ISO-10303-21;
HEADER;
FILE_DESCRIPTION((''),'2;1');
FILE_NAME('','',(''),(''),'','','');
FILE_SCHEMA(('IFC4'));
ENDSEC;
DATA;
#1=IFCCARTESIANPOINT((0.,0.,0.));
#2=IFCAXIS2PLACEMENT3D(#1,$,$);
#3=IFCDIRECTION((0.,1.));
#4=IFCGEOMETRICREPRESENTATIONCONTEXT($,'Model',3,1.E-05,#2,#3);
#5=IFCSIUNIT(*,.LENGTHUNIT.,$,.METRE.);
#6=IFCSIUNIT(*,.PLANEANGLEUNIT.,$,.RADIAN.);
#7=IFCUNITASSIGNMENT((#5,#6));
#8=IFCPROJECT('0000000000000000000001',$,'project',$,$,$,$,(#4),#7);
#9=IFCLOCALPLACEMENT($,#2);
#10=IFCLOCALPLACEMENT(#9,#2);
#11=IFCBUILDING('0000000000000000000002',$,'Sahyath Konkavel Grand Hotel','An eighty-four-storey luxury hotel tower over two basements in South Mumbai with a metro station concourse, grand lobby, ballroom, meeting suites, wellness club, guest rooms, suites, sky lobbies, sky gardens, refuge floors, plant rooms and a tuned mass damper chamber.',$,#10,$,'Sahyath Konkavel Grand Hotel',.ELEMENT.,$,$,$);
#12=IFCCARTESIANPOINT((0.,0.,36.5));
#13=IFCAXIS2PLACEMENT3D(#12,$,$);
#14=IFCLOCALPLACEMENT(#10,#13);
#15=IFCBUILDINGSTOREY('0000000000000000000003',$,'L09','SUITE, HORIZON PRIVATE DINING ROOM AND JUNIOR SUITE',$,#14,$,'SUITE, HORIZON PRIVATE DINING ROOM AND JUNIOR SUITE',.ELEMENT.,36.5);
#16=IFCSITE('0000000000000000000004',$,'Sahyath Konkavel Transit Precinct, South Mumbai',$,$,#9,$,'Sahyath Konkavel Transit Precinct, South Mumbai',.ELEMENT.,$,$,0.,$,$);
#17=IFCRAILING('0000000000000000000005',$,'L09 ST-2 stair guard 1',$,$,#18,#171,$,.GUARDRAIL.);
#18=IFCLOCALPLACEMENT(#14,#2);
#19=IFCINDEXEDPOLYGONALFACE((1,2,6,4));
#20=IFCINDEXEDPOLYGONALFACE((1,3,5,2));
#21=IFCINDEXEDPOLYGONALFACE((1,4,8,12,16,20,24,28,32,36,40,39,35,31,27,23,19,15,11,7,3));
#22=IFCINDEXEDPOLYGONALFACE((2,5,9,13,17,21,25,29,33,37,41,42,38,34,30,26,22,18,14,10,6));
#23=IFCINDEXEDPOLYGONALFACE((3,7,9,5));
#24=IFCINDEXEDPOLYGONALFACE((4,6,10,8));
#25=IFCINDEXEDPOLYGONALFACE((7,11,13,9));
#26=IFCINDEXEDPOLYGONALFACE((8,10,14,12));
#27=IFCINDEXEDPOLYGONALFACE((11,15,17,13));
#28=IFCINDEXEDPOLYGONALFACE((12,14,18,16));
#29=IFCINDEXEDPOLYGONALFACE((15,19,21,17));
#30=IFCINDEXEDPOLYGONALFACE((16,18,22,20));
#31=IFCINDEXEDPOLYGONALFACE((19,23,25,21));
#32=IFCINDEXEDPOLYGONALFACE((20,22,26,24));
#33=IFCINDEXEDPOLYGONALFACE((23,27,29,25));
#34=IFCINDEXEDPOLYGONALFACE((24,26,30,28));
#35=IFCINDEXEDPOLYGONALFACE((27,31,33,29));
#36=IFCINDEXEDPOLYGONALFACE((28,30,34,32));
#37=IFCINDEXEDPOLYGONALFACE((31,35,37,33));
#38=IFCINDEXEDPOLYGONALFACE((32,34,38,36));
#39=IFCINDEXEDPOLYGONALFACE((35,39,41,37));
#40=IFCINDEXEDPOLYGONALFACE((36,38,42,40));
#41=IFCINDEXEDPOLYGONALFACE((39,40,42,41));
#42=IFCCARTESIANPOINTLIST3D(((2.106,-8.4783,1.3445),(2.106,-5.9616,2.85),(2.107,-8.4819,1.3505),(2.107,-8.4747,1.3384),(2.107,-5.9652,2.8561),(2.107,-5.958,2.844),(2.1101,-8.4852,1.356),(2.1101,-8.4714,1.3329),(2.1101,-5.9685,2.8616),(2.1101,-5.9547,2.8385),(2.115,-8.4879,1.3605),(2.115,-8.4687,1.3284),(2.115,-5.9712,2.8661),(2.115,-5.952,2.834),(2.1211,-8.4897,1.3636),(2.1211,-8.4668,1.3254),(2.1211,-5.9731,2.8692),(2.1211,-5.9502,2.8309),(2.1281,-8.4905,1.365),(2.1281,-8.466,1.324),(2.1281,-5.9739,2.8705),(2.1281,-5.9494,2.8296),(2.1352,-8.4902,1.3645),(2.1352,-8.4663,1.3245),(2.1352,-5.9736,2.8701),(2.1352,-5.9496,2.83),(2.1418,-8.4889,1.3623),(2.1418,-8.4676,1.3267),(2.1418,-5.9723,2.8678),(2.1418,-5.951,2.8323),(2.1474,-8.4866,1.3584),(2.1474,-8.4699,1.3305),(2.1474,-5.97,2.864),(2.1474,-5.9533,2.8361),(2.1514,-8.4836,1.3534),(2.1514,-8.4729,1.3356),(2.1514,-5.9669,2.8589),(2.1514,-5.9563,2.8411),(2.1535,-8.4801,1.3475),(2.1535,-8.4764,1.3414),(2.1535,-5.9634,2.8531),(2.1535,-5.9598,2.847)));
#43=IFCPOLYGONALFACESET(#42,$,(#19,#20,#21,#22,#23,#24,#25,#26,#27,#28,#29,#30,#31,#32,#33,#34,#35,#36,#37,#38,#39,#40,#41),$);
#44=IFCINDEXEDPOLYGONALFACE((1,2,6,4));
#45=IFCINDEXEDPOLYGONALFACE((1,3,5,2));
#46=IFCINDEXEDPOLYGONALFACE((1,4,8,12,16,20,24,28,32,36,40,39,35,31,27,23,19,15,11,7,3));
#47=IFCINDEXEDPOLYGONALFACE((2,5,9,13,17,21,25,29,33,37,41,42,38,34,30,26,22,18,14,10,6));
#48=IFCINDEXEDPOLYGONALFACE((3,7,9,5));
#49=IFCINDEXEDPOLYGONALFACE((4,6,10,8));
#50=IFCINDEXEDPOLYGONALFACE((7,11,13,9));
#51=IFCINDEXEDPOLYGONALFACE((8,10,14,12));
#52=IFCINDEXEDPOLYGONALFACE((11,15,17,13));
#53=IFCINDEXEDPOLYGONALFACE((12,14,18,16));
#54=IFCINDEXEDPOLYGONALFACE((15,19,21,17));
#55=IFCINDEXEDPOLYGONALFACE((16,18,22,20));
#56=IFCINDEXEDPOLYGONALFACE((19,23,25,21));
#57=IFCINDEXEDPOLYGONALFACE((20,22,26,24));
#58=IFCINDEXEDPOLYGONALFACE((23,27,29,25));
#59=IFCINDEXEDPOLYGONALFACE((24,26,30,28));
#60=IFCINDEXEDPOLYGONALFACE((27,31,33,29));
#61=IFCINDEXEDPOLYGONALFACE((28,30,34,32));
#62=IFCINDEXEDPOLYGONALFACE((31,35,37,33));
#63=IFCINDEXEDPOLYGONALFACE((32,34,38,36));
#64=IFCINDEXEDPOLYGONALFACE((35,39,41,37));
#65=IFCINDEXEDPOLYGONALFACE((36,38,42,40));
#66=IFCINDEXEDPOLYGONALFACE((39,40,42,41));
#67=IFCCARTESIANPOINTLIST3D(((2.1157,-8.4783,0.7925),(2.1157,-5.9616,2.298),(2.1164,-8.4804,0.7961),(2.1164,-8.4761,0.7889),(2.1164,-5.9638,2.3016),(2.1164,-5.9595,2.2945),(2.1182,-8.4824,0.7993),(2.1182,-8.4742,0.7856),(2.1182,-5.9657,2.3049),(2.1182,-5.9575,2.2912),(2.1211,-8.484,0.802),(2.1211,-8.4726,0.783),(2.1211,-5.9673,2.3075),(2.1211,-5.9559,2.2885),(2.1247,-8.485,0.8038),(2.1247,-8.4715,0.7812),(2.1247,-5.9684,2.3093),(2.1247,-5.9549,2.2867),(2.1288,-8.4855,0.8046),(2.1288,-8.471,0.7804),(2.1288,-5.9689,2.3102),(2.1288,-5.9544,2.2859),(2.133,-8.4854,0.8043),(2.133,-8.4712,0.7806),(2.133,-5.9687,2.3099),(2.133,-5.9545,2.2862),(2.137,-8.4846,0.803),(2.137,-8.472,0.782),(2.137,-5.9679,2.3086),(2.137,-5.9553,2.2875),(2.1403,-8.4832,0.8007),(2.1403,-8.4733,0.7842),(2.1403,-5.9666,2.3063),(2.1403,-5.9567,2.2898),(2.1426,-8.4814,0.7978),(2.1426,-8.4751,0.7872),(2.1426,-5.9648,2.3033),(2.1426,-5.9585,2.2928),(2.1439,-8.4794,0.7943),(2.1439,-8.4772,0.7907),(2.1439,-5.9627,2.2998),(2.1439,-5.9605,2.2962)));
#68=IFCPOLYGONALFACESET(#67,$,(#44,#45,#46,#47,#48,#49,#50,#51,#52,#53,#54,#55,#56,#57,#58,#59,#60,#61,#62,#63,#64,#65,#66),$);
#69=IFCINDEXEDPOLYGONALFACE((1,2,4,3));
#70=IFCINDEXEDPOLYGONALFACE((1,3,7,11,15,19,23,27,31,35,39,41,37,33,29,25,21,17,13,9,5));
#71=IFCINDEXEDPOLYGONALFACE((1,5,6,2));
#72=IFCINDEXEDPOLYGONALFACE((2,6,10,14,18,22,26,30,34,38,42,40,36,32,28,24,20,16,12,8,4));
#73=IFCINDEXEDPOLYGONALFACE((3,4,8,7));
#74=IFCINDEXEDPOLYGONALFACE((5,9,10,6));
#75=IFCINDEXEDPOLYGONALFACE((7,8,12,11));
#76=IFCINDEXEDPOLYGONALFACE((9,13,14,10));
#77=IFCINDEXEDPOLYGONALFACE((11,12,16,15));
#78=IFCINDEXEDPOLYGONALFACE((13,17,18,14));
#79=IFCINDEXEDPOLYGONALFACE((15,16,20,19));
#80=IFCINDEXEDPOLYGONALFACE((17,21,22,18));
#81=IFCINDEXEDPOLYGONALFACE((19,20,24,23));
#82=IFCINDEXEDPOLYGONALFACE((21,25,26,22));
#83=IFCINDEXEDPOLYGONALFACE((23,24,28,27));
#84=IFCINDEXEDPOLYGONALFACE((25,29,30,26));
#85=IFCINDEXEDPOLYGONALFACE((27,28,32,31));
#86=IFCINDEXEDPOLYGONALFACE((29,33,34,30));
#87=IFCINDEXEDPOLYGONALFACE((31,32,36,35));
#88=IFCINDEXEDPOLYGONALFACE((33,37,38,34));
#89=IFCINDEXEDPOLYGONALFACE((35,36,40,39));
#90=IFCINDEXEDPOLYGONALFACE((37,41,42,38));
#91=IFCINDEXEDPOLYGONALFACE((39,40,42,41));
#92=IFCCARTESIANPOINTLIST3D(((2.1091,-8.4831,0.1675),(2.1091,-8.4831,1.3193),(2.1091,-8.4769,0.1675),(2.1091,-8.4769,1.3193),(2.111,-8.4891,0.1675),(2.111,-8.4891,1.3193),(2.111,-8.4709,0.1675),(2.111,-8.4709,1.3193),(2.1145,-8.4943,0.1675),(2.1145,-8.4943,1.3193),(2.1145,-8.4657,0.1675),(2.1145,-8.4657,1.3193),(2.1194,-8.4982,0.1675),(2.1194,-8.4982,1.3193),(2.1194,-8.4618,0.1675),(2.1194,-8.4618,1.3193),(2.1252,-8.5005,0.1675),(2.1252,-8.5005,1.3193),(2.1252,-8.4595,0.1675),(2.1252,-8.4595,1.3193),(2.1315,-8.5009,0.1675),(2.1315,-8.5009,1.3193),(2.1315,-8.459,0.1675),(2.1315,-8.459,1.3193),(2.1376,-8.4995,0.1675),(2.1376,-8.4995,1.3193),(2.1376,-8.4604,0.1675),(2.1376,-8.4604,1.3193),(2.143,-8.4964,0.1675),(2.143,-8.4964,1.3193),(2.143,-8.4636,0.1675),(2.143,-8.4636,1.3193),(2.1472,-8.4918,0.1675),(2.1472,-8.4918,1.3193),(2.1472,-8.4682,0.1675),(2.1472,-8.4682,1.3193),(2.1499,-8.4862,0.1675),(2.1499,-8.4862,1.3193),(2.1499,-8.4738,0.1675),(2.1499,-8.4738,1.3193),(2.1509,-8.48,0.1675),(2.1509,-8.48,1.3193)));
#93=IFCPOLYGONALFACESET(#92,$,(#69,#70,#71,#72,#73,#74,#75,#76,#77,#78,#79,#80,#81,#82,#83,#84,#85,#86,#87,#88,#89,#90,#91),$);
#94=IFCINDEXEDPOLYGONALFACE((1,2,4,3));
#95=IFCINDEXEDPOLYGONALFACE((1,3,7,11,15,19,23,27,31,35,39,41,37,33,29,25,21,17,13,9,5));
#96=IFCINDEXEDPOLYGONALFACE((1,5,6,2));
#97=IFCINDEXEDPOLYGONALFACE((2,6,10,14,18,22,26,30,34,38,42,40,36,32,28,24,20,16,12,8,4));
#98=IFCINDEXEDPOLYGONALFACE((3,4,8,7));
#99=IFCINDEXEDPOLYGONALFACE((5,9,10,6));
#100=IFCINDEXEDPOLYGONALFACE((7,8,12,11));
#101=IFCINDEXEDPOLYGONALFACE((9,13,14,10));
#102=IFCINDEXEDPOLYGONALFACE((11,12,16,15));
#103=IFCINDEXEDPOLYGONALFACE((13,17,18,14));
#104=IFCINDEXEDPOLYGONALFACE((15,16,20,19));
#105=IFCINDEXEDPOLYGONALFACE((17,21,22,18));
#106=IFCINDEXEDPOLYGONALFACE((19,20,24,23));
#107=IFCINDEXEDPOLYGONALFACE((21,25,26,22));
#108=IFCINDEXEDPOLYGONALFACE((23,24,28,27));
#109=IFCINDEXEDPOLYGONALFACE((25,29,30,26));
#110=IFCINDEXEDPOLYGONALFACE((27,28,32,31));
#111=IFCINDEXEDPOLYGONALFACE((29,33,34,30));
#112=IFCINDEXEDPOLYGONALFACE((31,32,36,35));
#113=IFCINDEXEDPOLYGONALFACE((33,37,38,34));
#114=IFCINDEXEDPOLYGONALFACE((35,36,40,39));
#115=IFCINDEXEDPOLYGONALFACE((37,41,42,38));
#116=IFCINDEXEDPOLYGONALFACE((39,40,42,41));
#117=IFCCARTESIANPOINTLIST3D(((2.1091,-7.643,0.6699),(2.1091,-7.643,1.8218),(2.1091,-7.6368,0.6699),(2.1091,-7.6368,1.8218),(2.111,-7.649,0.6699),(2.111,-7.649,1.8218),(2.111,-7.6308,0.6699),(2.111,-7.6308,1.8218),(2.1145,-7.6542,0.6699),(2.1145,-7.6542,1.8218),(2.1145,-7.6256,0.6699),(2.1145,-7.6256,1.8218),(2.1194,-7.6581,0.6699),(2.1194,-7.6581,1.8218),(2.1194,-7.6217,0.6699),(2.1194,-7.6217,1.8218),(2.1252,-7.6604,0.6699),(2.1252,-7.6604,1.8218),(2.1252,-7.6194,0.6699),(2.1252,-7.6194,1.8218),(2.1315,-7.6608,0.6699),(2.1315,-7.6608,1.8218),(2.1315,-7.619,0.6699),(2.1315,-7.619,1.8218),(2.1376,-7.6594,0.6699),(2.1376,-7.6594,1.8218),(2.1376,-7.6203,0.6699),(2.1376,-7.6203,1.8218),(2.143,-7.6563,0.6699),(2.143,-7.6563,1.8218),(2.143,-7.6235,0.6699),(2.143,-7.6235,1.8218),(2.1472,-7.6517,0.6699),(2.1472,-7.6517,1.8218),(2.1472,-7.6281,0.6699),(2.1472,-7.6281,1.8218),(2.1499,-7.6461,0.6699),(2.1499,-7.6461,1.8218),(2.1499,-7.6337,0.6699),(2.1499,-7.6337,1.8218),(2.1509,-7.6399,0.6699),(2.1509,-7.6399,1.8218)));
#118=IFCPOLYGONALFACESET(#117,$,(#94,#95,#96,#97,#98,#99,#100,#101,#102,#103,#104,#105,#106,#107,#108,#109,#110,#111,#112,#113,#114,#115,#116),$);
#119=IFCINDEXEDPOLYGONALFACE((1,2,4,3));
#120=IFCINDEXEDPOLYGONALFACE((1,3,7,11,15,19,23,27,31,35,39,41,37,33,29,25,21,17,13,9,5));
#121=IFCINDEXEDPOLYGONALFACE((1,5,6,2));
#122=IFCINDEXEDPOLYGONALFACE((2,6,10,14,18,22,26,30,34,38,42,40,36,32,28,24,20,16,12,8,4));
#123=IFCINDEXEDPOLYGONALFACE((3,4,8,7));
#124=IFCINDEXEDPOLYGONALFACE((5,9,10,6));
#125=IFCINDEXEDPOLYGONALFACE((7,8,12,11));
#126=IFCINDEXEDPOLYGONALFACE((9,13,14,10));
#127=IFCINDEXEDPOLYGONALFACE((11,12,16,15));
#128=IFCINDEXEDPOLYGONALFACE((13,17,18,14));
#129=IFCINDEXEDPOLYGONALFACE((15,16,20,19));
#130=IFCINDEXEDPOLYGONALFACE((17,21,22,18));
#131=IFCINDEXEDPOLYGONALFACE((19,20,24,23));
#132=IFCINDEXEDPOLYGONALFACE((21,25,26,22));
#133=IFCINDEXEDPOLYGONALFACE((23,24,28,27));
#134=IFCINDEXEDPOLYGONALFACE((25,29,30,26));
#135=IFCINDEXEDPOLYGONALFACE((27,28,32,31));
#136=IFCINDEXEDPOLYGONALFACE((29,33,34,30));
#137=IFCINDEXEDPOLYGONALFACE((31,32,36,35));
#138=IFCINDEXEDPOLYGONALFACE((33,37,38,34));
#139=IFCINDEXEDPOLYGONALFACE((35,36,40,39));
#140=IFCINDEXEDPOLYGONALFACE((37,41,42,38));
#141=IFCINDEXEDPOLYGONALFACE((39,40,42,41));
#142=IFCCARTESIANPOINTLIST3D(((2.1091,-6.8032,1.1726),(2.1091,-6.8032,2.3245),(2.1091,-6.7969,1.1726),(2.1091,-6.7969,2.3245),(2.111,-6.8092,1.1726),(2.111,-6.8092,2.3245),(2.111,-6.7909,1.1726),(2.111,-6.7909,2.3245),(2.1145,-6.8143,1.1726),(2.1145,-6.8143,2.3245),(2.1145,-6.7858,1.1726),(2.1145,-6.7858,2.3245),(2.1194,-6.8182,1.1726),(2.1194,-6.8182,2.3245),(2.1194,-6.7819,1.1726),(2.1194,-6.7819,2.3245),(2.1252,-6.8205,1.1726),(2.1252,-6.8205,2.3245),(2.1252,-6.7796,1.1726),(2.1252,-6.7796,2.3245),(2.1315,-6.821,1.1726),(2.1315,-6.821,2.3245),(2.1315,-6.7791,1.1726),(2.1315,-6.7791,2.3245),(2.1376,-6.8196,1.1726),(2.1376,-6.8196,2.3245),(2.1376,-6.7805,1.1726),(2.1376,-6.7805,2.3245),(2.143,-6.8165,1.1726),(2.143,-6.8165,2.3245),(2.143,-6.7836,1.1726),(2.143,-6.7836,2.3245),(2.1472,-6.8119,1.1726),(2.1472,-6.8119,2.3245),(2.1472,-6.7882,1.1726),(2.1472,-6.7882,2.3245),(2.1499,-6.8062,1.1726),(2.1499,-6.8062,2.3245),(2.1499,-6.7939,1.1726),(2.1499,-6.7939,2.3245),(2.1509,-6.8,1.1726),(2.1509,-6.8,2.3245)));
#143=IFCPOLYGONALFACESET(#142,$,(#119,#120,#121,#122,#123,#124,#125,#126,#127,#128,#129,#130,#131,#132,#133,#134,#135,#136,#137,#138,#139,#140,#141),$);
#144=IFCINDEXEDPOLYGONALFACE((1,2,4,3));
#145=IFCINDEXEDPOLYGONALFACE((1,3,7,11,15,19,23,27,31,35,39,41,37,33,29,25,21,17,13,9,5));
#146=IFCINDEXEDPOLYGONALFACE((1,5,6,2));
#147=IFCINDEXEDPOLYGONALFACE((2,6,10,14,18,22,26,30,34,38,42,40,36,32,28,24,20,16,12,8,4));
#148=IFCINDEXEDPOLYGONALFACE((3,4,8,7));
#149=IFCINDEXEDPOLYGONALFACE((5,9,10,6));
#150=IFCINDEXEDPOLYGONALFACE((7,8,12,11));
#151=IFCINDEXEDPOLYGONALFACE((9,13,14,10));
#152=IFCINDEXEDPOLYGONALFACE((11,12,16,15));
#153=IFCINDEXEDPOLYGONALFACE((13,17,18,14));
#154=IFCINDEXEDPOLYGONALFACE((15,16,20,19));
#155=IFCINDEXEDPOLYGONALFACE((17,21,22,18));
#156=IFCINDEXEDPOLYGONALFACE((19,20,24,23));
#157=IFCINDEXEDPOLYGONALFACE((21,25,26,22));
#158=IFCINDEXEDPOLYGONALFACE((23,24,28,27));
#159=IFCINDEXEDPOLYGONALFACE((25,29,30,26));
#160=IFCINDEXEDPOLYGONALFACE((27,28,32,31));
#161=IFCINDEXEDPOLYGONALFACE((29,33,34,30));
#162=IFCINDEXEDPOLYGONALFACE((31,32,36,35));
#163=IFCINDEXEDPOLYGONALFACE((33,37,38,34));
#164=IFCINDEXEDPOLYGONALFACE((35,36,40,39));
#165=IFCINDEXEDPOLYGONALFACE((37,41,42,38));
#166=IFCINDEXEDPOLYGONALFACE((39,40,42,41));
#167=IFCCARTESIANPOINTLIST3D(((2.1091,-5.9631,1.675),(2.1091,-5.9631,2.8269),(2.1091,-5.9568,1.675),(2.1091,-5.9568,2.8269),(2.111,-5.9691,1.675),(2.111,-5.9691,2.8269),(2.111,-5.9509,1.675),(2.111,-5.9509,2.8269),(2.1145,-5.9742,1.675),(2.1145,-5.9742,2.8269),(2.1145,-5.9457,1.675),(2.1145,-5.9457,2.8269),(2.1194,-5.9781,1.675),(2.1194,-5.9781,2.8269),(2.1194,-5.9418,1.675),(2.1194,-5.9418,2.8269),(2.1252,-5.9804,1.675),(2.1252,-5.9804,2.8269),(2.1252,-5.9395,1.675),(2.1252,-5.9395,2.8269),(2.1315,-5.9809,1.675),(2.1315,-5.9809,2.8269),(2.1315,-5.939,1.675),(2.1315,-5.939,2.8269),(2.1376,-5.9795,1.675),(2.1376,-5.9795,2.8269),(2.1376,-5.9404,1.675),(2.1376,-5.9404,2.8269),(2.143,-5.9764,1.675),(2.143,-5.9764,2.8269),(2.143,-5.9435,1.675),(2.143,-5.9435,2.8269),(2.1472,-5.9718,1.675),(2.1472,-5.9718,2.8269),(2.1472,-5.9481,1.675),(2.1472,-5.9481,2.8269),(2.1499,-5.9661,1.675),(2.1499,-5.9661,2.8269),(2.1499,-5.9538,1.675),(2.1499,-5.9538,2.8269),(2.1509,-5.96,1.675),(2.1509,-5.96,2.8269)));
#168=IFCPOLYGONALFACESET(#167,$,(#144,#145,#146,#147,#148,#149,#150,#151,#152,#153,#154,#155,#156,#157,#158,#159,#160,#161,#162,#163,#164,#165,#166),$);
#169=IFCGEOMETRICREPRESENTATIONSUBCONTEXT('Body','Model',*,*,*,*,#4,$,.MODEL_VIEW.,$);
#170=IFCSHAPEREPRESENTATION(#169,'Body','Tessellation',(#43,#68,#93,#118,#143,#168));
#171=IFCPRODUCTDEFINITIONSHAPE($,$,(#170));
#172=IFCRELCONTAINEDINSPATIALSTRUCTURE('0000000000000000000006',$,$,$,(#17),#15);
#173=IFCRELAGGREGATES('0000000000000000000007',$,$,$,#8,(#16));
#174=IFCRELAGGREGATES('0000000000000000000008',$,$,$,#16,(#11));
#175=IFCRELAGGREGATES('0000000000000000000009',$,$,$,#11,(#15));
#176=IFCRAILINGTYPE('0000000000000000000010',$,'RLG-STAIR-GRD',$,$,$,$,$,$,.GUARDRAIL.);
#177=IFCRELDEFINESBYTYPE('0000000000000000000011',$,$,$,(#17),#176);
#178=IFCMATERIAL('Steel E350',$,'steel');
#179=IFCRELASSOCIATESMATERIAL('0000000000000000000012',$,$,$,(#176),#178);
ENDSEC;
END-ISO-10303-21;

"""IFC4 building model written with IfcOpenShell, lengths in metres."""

from ifc_helpers import new_model, si_unit, direction, frame, origin, origin_2d, place, context, subcontext, project, spatial, circle, extrude, material, type_object, element, save


model = new_model("IFC4")

# Units and contexts
model_context = context("Model", 3, precision=1e-05, world=origin(), true_north=direction((0.0, 1.0)))
body_context = subcontext(model_context, "Body", "Model", "MODEL_VIEW")
ifc_project = project(units=[si_unit("LENGTHUNIT", "METRE"), si_unit("PLANEANGLEUNIT", "RADIAN")], contexts=[model_context])

# Site, building, storey
site_placement = place(None, origin())
site = spatial("IfcSite", under=ifc_project, at=site_placement, Name="Sahyath Konkavel Transit Precinct, South Mumbai", LongName="Sahyath Konkavel Transit Precinct, South Mumbai", CompositionType="ELEMENT", RefElevation=0.0)
building_placement = place(site_placement, origin())
building = spatial("IfcBuilding", under=site, at=building_placement, Name="Sahyath Konkavel Grand Hotel", Description="An eighty-four-storey luxury hotel tower over two basements in South Mumbai with a metro station concourse, grand lobby, ballroom, meeting suites, wellness club, guest rooms, suites, sky lobbies, sky gardens, refuge floors, plant rooms and a tuned mass damper chamber.", LongName="Sahyath Konkavel Grand Hotel", CompositionType="ELEMENT")
storey_placement = place(building_placement, frame((0.0, 0.0, 36.5)))
storey = spatial("IfcBuildingStorey", under=building, at=storey_placement, Name="L09", Description="SUITE, HORIZON PRIVATE DINING ROOM AND JUNIOR SUITE", LongName="SUITE, HORIZON PRIVATE DINING ROOM AND JUNIOR SUITE", CompositionType="ELEMENT", Elevation=36.5)

# Shared definitions
ifc_material_1 = material(Name="Steel E350", Category="steel")

# Railing
railing_type_1 = type_object("IfcRailingType", Name="RLG-STAIR-GRD", PredefinedType="GUARDRAIL", material=ifc_material_1)
railing_1_placement = place(storey_placement, frame((2.1299, -8.48, 0.1675)))
element("IfcRailing", 1, at=railing_1_placement, inside=storey, type_object=railing_type_1, Name="L09 ST-2 stair guard 1", PredefinedType="GUARDRAIL", context=body_context, shape_type="SweptSolid", body=[
    extrude(circle(Radius=0.0239, at=origin_2d()), frame((0.0, 0.0017, 1.177), z_axis=(0.0, 0.85816, 0.513383), x_axis=(-1.0, 0.0, 0.0)), (0.0, 0.0, 1.0), 2.9326),
    extrude(circle(Radius=0.0142, at=origin_2d()), frame((0.0, 0.0017, 0.625), z_axis=(0.0, 0.85816, 0.513383), x_axis=(-1.0, 0.0, 0.0)), (0.0, 0.0, 1.0), 2.9326),
    extrude(circle(Radius=0.021, at=origin_2d()), origin(), (0.0, 0.0, 1.0), 1.1519),
    extrude(circle(Radius=0.021, at=origin_2d()), frame((0.0, 0.8401, 0.5024)), (0.0, 0.0, 1.0), 1.1519),
    extrude(circle(Radius=0.021, at=origin_2d()), frame((0.0, 1.6799, 1.0051)), (0.0, 0.0, 1.0), 1.1519),
    extrude(circle(Radius=0.021, at=origin_2d()), frame((0.0, 2.52, 1.5076)), (0.0, 0.0, 1.0), 1.1519),
])

save(model, "model.ifc")
